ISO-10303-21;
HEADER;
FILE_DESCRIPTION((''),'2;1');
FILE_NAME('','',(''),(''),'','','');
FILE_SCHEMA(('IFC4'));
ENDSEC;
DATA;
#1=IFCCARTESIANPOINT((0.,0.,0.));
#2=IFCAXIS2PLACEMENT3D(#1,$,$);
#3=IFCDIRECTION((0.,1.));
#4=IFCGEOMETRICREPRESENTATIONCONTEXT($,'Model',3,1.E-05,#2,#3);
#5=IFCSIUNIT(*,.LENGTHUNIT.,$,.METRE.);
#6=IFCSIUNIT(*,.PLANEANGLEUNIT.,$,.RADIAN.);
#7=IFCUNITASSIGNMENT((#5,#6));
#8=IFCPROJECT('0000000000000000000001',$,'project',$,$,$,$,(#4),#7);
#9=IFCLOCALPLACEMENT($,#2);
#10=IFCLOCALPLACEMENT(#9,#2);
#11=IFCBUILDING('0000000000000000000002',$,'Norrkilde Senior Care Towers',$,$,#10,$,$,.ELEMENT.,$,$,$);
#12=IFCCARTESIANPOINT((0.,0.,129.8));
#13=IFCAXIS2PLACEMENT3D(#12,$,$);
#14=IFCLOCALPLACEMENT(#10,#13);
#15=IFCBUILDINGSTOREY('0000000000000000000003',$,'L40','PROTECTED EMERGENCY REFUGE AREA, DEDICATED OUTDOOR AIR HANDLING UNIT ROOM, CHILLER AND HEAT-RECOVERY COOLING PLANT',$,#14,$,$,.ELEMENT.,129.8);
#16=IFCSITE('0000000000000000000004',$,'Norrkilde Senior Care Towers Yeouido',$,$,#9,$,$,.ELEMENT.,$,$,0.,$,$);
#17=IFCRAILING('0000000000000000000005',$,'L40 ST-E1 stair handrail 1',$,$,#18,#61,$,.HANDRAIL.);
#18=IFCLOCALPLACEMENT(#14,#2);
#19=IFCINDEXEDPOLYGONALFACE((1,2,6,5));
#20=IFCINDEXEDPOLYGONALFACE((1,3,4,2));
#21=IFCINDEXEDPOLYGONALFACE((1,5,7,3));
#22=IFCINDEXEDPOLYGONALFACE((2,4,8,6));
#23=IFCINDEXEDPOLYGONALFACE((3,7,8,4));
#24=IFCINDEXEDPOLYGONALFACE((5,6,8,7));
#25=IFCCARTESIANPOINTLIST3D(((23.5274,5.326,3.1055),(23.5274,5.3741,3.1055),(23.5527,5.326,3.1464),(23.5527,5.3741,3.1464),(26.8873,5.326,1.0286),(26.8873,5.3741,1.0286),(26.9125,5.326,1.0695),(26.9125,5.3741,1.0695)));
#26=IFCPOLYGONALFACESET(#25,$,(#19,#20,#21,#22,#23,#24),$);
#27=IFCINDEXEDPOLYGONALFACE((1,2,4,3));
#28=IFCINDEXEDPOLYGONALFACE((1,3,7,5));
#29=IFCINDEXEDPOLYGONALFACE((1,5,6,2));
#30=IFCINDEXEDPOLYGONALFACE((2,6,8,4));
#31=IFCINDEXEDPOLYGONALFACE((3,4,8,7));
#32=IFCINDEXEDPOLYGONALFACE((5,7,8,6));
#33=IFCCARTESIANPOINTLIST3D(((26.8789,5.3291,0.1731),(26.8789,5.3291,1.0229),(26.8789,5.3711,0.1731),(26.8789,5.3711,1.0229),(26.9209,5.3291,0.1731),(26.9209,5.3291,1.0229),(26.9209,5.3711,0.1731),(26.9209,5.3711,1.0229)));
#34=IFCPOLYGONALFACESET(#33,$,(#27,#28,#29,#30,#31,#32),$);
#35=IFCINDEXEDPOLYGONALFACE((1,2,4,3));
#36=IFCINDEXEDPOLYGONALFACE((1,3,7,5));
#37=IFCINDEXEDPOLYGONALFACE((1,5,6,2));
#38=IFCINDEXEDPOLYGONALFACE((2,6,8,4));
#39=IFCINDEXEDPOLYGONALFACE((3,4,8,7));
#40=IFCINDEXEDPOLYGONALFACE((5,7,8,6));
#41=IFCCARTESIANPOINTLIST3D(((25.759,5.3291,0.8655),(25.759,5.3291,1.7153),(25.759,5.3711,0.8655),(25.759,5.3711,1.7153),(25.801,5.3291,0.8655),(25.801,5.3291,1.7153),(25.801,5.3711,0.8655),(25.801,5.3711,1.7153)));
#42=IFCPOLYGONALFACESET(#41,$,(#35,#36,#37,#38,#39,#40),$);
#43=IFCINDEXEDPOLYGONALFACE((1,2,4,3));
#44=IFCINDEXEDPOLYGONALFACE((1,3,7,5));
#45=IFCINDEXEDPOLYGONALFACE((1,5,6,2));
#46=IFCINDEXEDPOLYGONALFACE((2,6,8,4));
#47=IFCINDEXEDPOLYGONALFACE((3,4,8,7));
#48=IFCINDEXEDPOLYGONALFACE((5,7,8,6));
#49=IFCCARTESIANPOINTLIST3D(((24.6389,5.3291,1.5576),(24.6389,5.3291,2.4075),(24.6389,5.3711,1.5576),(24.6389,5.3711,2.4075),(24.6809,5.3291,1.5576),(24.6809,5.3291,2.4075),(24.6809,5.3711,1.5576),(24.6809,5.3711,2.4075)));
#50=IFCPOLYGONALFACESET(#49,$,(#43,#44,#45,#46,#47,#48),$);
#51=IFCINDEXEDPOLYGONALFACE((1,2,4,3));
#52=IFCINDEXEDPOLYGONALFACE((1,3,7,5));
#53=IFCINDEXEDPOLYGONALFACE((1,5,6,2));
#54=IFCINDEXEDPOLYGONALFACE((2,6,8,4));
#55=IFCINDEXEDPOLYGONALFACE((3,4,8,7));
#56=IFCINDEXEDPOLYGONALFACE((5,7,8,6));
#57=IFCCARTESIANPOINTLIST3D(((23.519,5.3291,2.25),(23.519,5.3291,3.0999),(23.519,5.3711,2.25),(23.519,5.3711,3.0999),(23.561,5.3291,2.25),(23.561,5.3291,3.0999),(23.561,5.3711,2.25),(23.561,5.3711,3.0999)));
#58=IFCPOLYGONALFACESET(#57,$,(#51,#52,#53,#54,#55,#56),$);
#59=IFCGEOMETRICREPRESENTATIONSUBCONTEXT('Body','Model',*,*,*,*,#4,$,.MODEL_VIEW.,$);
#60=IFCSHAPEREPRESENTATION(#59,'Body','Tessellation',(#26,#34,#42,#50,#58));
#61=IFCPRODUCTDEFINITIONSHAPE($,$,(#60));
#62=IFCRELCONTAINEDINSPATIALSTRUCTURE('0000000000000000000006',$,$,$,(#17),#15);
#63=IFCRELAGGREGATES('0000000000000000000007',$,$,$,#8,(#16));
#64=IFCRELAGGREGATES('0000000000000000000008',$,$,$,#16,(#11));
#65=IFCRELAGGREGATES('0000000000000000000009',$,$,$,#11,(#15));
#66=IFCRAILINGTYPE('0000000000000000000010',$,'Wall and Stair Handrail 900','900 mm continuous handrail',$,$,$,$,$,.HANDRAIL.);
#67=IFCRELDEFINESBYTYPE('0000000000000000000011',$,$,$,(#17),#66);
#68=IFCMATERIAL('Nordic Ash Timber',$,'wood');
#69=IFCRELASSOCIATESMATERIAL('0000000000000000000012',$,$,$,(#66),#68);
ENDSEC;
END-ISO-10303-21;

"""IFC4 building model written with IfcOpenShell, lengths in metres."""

from ifc_helpers import new_model, si_unit, direction, frame, origin, origin_2d, place, context, subcontext, project, spatial, rectangle, extrude, material, type_object, element, save


model = new_model("IFC4")

# Units and contexts
model_context = context("Model", 3, precision=1e-05, world=origin(), true_north=direction((0.0, 1.0)))
body_context = subcontext(model_context, "Body", "Model", "MODEL_VIEW")
ifc_project = project(units=[si_unit("LENGTHUNIT", "METRE"), si_unit("PLANEANGLEUNIT", "RADIAN")], contexts=[model_context])

# Site, building, storey
site_placement = place(None, origin())
site = spatial("IfcSite", under=ifc_project, at=site_placement, Name="Norrkilde Senior Care Towers Yeouido", CompositionType="ELEMENT", RefElevation=0.0)
building_placement = place(site_placement, origin())
building = spatial("IfcBuilding", under=site, at=building_placement, Name="Norrkilde Senior Care Towers", CompositionType="ELEMENT")
storey_placement = place(building_placement, frame((0.0, 0.0, 129.8)))
storey = spatial("IfcBuildingStorey", under=building, at=storey_placement, Name="L40", Description="PROTECTED EMERGENCY REFUGE AREA, DEDICATED OUTDOOR AIR HANDLING UNIT ROOM, CHILLER AND HEAT-RECOVERY COOLING PLANT", CompositionType="ELEMENT", Elevation=129.8)

# Railing
ifc_material_1 = material(Name="Nordic Ash Timber", Category="wood")
railing_type_1 = type_object("IfcRailingType", Name="Wall and Stair Handrail 900", Description="900 mm continuous handrail", PredefinedType="HANDRAIL", material=ifc_material_1)
railing_1_placement = place(storey_placement, frame((26.8999, 5.3501, 0.1731)))
element("IfcRailing", 1, at=railing_1_placement, inside=storey, type_object=railing_type_1, Name="L40 ST-E1 stair handrail 1", PredefinedType="HANDRAIL", context=body_context, shape_type="SweptSolid", body=[
    extrude(rectangle(XDim=0.0481, YDim=0.0481, at=origin_2d()), frame((0.0, 0.0, 0.876), z_axis=(-0.850606, 0.0, 0.525803), x_axis=(0.0, -1.0, 0.0)), (0.0, 0.0, 1.0), 3.95),
    extrude(rectangle(XDim=0.042, YDim=0.042, at=origin_2d()), origin(), (0.0, 0.0, 1.0), 0.8499),
    extrude(rectangle(XDim=0.042, YDim=0.042, at=origin_2d()), frame((-1.1199, 0.0, 0.6924)), (0.0, 0.0, 1.0), 0.8499),
    extrude(rectangle(XDim=0.042, YDim=0.042, at=origin_2d()), frame((-2.24, 0.0, 1.3845)), (0.0, 0.0, 1.0), 0.8499),
    extrude(rectangle(XDim=0.042, YDim=0.042, at=origin_2d()), frame((-3.3599, 0.0, 2.0769)), (0.0, 0.0, 1.0), 0.8499),
])

save(model, "model.ifc")
